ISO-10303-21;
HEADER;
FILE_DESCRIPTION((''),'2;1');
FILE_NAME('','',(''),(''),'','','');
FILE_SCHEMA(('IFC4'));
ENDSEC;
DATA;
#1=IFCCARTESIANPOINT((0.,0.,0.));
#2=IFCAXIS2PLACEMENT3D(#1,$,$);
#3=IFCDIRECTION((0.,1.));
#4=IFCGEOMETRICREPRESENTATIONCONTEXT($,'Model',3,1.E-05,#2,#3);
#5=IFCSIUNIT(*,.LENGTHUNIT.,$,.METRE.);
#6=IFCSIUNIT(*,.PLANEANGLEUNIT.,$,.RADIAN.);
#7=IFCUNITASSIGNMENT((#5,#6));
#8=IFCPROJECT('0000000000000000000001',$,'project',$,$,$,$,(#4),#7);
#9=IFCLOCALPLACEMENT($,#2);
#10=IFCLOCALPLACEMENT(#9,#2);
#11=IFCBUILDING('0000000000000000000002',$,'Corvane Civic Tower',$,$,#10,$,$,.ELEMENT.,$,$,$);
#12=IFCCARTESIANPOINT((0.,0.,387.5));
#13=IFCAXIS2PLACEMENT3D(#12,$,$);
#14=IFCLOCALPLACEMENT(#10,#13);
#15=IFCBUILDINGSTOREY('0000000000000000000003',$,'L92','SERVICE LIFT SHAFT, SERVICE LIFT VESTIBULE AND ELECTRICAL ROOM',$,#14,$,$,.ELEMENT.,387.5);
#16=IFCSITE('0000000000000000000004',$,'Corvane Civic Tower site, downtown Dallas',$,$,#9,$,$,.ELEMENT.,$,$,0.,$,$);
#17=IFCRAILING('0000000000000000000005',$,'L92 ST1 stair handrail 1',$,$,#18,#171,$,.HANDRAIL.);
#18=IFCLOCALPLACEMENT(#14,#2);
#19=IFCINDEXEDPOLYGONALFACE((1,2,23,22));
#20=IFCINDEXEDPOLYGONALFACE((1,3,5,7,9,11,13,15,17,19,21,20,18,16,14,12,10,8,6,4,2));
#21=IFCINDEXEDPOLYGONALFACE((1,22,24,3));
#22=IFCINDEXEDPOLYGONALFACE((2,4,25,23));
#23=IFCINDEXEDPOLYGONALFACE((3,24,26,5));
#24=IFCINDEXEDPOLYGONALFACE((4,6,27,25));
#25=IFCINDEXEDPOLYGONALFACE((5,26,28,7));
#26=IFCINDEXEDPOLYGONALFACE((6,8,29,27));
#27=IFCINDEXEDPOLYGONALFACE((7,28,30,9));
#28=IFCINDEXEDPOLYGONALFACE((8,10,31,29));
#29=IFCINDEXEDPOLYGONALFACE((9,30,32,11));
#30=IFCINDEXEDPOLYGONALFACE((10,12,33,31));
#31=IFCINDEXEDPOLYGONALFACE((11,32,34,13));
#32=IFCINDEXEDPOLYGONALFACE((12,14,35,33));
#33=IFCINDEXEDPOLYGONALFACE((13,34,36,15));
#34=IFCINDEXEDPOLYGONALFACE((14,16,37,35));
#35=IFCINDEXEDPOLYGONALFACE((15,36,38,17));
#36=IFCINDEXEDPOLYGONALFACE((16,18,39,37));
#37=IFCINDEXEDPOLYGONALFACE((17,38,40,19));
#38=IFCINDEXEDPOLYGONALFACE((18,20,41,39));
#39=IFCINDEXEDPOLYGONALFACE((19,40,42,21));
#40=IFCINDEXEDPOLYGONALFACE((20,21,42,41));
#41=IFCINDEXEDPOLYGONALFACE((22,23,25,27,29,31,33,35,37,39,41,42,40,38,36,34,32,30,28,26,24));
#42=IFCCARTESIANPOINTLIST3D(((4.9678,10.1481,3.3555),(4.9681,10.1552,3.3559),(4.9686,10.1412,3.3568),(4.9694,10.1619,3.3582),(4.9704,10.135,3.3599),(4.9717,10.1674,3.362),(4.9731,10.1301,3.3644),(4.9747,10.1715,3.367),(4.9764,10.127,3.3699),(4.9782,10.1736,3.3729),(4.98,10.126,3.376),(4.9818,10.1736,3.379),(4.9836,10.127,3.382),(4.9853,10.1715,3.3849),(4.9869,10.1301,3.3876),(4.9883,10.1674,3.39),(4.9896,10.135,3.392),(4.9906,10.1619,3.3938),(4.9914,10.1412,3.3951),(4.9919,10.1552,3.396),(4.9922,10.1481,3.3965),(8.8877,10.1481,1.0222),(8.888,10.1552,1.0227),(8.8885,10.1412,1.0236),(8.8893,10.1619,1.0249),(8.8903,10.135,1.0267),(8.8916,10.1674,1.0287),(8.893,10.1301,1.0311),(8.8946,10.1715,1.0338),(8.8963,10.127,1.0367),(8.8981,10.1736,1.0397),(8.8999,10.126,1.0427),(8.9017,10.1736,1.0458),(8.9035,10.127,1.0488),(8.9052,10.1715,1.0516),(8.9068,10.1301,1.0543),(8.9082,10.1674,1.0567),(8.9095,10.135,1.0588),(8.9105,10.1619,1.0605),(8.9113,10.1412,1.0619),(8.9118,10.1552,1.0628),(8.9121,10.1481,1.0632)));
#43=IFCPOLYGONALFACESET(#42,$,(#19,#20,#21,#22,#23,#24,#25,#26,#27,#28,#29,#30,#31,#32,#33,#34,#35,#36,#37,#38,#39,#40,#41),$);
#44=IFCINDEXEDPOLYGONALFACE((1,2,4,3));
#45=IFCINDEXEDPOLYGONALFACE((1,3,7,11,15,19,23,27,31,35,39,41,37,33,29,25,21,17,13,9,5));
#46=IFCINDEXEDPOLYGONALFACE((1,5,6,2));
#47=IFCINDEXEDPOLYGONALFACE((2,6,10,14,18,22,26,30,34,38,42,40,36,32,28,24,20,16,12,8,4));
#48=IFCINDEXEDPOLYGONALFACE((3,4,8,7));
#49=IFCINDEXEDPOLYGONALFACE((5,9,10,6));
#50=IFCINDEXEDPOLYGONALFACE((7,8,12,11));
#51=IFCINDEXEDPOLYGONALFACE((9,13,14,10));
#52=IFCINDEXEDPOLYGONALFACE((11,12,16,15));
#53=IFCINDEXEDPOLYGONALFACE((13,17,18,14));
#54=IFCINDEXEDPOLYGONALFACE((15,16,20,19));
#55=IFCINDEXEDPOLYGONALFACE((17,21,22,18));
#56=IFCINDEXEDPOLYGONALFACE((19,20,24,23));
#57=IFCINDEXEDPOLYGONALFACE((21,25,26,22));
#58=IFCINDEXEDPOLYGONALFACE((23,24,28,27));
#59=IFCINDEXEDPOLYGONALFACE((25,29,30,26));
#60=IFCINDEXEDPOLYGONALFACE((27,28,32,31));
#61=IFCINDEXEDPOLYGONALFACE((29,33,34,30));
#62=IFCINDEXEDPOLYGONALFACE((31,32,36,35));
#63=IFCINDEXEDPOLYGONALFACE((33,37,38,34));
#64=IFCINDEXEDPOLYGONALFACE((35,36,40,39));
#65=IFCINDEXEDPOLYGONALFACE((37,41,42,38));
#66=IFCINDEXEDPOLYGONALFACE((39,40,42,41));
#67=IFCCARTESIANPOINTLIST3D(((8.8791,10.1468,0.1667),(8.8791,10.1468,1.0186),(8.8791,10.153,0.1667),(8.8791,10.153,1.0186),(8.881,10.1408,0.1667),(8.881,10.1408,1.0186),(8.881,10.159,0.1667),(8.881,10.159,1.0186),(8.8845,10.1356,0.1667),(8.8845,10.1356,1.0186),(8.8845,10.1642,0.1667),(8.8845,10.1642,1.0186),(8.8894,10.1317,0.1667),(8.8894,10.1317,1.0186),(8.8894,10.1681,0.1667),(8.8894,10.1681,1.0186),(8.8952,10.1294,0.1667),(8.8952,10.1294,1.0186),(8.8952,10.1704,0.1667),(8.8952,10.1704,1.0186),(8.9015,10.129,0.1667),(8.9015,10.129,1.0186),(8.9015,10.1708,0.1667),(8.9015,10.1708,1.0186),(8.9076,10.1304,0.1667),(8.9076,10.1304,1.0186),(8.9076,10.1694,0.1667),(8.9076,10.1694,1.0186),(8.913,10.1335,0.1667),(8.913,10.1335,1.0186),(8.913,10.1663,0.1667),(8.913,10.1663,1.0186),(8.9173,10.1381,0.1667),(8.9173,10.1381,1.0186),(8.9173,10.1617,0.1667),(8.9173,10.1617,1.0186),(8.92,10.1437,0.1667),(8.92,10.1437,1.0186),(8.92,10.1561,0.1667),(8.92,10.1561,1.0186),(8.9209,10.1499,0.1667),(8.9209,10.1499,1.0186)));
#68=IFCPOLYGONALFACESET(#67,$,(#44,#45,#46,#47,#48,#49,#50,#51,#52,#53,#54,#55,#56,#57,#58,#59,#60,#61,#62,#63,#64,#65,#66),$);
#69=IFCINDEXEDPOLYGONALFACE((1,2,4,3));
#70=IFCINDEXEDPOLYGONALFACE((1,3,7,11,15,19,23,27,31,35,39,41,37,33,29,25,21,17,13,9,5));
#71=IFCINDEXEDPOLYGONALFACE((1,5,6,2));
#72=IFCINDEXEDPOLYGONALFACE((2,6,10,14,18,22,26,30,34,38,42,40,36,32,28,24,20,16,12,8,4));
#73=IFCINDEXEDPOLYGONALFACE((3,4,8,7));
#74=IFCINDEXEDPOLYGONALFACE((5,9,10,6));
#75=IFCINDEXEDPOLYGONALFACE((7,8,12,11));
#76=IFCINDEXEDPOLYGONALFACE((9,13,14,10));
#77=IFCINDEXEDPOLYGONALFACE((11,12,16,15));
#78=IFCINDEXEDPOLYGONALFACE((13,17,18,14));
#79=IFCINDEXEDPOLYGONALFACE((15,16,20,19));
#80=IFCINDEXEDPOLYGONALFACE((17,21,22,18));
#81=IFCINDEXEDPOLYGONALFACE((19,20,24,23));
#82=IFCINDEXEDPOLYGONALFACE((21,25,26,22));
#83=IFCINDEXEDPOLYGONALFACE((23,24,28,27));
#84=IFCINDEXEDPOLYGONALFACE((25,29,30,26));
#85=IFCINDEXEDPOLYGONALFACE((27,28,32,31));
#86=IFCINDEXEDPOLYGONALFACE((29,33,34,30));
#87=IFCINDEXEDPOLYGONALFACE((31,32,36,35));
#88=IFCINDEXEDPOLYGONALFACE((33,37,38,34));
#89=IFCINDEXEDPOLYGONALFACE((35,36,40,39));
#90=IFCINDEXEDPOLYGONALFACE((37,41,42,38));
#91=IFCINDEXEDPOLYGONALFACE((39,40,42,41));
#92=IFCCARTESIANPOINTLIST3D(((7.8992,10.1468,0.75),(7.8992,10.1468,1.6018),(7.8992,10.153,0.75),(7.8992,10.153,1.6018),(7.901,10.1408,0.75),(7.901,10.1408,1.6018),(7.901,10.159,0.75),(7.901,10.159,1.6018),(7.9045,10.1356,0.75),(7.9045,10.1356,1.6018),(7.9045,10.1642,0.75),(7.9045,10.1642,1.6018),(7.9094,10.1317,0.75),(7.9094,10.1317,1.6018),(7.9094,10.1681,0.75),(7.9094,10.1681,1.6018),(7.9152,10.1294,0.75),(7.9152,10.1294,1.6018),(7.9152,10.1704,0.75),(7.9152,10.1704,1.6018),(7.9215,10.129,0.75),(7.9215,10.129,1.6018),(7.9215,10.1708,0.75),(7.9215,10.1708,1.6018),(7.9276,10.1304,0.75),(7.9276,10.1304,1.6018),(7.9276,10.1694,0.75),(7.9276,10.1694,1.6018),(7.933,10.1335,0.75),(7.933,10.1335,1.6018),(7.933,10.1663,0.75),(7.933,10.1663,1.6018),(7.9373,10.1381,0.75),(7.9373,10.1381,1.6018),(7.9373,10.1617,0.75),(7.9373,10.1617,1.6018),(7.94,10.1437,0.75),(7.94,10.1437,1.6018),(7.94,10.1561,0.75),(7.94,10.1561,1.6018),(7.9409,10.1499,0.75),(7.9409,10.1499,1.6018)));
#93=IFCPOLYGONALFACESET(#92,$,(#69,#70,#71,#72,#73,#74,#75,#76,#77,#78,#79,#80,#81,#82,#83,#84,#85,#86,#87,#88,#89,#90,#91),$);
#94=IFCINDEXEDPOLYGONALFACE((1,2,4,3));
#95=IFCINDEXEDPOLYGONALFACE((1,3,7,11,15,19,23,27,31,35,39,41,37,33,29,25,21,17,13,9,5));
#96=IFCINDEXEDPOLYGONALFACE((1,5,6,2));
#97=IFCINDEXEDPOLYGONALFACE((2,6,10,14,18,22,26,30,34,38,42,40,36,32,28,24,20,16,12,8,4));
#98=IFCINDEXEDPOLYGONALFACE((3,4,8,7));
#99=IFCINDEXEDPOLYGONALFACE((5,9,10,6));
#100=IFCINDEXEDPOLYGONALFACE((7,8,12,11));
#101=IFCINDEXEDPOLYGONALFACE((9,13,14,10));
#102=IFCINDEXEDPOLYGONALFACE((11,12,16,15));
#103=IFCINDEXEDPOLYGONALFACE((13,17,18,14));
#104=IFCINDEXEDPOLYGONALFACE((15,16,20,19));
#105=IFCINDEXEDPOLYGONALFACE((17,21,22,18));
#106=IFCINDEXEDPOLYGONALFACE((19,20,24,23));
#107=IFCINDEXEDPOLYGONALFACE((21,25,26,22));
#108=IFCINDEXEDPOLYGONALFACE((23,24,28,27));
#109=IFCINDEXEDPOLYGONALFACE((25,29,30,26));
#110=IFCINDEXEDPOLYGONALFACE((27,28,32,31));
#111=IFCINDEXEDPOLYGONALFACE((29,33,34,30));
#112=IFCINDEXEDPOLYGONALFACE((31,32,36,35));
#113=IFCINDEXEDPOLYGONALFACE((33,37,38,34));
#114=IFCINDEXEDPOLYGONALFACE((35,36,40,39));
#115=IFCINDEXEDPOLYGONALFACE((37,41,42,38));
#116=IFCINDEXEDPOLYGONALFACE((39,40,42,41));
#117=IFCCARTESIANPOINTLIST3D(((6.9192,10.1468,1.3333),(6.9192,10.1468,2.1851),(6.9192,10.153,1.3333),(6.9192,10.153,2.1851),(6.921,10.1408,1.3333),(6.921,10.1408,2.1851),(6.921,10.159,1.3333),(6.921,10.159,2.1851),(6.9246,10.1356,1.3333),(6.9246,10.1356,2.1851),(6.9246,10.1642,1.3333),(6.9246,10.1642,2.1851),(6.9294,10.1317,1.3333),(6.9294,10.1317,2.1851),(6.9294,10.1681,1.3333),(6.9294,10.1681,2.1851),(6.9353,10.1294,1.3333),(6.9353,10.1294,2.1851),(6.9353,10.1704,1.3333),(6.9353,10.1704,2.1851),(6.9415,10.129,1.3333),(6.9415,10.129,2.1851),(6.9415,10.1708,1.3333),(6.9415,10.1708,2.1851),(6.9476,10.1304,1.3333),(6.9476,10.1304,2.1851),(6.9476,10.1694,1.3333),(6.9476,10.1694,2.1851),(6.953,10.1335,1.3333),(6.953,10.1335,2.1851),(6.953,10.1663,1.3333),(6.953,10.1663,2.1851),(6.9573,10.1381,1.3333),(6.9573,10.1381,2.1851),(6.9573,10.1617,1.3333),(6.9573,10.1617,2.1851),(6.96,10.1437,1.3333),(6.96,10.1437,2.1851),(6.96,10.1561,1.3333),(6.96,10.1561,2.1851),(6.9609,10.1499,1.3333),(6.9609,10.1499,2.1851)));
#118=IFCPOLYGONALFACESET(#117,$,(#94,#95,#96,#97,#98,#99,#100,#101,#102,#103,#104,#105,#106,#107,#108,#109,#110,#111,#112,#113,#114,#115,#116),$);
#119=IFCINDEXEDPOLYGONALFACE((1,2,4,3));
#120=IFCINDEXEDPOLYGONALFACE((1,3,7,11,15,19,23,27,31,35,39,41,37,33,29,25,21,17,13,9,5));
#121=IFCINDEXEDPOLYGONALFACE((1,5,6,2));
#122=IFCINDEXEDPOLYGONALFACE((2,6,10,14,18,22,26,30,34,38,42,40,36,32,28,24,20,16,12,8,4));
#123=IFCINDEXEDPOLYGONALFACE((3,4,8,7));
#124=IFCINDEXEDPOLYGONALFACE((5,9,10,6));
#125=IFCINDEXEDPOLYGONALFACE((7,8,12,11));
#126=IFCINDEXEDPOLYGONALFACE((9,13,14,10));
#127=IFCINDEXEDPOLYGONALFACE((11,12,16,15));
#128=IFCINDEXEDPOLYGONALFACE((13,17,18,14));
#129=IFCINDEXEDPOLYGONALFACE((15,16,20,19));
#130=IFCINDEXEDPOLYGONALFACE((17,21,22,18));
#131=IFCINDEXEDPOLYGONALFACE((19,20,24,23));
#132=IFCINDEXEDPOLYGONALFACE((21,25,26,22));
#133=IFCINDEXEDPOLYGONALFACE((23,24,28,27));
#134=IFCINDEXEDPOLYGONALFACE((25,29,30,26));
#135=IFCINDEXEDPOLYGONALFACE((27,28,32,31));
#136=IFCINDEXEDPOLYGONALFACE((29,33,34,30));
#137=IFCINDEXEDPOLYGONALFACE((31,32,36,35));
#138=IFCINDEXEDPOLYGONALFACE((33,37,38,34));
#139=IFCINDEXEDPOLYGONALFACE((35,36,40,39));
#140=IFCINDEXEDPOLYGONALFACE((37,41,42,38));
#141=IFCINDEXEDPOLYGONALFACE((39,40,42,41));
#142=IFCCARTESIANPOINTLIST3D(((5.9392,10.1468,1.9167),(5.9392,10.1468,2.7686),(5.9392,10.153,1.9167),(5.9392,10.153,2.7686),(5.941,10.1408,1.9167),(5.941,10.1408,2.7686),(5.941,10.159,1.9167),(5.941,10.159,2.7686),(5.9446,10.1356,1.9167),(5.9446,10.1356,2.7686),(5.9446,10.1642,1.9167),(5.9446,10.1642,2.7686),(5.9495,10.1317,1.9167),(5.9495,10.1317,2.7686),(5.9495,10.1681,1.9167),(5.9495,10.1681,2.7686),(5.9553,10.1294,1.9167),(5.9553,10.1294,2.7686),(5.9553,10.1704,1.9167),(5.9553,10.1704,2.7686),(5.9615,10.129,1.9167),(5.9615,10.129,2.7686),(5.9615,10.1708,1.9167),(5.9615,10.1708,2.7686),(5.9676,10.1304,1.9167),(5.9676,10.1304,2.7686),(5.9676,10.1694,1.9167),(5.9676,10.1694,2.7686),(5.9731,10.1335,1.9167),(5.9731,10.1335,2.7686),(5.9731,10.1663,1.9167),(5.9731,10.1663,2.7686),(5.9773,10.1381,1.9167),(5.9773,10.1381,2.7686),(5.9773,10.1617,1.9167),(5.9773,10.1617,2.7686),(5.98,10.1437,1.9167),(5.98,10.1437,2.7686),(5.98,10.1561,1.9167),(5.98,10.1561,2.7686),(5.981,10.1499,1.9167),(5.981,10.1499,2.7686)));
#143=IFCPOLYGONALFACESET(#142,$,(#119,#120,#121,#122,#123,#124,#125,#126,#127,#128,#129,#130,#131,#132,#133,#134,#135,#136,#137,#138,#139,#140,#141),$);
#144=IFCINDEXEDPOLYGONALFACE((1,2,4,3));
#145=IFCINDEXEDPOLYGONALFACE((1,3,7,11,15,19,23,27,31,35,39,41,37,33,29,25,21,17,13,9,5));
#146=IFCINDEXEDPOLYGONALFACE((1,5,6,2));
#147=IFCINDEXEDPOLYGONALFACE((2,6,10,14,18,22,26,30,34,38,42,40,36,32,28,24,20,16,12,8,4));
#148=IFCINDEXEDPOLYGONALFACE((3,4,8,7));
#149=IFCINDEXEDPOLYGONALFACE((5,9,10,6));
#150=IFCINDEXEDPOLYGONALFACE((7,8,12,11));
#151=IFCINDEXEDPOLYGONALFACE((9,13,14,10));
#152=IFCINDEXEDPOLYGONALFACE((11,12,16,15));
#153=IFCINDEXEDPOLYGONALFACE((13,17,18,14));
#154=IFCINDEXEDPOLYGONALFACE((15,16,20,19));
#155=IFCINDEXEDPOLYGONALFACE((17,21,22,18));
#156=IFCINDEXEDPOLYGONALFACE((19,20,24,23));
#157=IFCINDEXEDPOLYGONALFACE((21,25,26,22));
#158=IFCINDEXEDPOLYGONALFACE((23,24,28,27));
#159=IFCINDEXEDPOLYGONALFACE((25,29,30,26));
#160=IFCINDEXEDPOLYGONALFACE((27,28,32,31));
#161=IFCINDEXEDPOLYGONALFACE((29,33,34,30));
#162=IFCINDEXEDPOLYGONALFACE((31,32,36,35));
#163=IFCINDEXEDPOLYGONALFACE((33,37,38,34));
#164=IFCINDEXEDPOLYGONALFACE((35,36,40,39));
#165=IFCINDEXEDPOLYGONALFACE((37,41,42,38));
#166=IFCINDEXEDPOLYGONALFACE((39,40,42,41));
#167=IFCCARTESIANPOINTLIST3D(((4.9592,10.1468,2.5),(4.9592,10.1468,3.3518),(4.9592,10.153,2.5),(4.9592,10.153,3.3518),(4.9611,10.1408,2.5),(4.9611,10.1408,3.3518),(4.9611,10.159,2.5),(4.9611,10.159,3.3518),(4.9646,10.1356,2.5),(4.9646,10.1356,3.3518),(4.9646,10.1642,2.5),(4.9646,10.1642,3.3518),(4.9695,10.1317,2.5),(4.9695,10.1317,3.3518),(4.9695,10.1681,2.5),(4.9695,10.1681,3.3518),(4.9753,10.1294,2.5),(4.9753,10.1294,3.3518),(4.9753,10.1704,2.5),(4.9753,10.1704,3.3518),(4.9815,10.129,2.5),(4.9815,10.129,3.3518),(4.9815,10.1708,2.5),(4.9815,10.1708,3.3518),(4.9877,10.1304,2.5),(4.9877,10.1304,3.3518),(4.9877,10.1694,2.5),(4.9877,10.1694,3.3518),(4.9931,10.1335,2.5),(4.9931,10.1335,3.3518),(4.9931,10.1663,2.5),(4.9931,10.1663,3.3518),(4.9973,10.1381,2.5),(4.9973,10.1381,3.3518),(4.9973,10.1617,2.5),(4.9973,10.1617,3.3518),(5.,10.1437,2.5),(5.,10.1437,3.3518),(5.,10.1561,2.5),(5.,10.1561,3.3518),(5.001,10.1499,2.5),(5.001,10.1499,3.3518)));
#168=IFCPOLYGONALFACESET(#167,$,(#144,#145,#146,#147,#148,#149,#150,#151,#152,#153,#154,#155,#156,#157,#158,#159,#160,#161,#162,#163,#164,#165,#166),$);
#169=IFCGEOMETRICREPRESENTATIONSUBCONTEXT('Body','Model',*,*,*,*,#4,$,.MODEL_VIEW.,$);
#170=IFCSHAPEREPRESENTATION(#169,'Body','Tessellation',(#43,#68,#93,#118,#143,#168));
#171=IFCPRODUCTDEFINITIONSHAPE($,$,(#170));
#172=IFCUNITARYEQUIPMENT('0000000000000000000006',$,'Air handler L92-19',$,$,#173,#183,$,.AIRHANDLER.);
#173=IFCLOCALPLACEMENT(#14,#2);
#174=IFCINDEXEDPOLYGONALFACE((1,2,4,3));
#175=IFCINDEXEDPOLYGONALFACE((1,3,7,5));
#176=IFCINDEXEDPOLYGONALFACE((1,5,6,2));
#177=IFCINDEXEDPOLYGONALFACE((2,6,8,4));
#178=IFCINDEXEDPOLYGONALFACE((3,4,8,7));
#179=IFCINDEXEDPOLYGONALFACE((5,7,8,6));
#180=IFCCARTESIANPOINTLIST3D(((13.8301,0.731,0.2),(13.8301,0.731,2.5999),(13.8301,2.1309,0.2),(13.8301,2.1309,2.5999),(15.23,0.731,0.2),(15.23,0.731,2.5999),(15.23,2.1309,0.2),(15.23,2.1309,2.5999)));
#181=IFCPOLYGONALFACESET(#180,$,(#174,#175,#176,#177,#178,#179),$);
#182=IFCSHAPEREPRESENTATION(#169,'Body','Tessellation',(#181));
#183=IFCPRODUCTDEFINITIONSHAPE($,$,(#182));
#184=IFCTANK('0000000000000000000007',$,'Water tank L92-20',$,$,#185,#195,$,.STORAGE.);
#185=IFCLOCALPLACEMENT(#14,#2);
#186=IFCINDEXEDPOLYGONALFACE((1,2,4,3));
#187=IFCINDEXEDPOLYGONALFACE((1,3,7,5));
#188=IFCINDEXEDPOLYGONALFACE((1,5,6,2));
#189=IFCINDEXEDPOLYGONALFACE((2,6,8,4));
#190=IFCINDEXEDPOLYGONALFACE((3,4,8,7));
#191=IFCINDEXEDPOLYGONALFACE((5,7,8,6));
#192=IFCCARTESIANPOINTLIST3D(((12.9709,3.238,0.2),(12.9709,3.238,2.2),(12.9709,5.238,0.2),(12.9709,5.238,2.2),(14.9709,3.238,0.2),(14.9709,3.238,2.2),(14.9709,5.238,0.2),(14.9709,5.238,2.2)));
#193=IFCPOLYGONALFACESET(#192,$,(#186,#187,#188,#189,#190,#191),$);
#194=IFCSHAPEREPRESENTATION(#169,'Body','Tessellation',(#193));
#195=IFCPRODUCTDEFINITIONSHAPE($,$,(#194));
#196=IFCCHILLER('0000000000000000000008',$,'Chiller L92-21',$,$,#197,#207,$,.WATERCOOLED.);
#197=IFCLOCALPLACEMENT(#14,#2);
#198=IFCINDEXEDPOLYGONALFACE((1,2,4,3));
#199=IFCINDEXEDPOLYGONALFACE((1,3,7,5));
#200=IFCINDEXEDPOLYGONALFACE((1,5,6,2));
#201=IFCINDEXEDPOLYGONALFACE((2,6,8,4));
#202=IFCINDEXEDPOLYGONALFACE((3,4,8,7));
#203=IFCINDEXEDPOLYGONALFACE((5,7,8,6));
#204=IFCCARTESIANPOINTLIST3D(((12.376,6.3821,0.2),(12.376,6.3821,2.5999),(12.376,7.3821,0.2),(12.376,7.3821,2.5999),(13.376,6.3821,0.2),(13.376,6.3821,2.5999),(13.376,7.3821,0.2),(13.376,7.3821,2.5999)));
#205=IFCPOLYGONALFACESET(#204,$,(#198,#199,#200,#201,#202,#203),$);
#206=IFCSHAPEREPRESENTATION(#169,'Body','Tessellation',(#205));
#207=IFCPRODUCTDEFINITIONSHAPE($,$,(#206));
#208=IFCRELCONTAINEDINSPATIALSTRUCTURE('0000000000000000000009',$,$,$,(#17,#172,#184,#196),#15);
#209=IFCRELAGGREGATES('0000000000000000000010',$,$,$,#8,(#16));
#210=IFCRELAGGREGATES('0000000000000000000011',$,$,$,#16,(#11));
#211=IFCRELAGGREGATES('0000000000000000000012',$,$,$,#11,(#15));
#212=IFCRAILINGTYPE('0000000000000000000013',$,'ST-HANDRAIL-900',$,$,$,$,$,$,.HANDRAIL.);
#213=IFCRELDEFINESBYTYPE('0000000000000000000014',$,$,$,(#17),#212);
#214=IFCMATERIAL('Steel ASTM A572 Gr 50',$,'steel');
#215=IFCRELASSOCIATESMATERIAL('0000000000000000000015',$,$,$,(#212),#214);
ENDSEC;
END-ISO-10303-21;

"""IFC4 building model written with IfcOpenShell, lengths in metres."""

from ifc_helpers import new_model, si_unit, direction, frame, origin, origin_2d, place, context, subcontext, project, spatial, rectangle, circle, extrude, material, type_object, element, save


model = new_model("IFC4")

# Units and contexts
model_context = context("Model", 3, precision=1e-05, world=origin(), true_north=direction((0.0, 1.0)))
body_context = subcontext(model_context, "Body", "Model", "MODEL_VIEW")
ifc_project = project(units=[si_unit("LENGTHUNIT", "METRE"), si_unit("PLANEANGLEUNIT", "RADIAN")], contexts=[model_context])

# Site, building, storey
site_placement = place(None, origin())
site = spatial("IfcSite", under=ifc_project, at=site_placement, Name="Corvane Civic Tower site, downtown Dallas", CompositionType="ELEMENT", RefElevation=0.0)
building_placement = place(site_placement, origin())
building = spatial("IfcBuilding", under=site, at=building_placement, Name="Corvane Civic Tower", CompositionType="ELEMENT")
storey_placement = place(building_placement, frame((0.0, 0.0, 387.5)))
storey = spatial("IfcBuildingStorey", under=building, at=storey_placement, Name="L92", Description="SERVICE LIFT SHAFT, SERVICE LIFT VESTIBULE AND ELECTRICAL ROOM", CompositionType="ELEMENT", Elevation=387.5)

# Railing
ifc_material_1 = material(Name="Steel ASTM A572 Gr 50", Category="steel")
railing_type_1 = type_object("IfcRailingType", Name="ST-HANDRAIL-900", PredefinedType="HANDRAIL", material=ifc_material_1)
railing_1_placement = place(storey_placement, frame((8.8999, 10.1499, 0.1667)))
element("IfcRailing", 1, at=railing_1_placement, inside=storey, type_object=railing_type_1, Name="L92 ST1 stair handrail 1", PredefinedType="HANDRAIL", context=body_context, shape_type="SweptSolid", body=[
    extrude(circle(Radius=0.0239, at=origin_2d()), frame((0.0, 0.0, 0.876), z_axis=(-0.859296, 0.0, 0.511478), x_axis=(0.0, -1.0, 0.0)), (0.0, 0.0, 1.0), 4.5618),
    extrude(circle(Radius=0.021, at=origin_2d()), origin(), (0.0, 0.0, 1.0), 0.8518),
    extrude(circle(Radius=0.021, at=origin_2d()), frame((-0.98, 0.0, 0.5833)), (0.0, 0.0, 1.0), 0.8518),
    extrude(circle(Radius=0.021, at=origin_2d()), frame((-1.96, 0.0, 1.1665)), (0.0, 0.0, 1.0), 0.8518),
    extrude(circle(Radius=0.021, at=origin_2d()), frame((-2.9399, 0.0, 1.75)), (0.0, 0.0, 1.0), 0.8518),
    extrude(circle(Radius=0.021, at=origin_2d()), frame((-3.9199, 0.0, 2.3333)), (0.0, 0.0, 1.0), 0.8518),
])

# Unitary equipment
unitary_equipment_placement = place(storey_placement, frame((14.53, 1.4309, 0.2), z_axis=(0.0, 0.0, 1.0), x_axis=(1.0, 0.0, 0.0)))
element("IfcUnitaryEquipment", 2, at=unitary_equipment_placement, inside=storey, Name="Air handler L92-19", PredefinedType="AIRHANDLER", context=body_context, shape_type="SweptSolid", body=[
    extrude(rectangle(XDim=1.3999, YDim=1.3999, at=origin_2d()), origin(), (0.0, 0.0, 1.0), 2.3999),
])

# Tank
tank_placement = place(storey_placement, frame((13.9709, 4.238, 0.2), z_axis=(0.0, 0.0, 1.0), x_axis=(1.0, 0.0, 0.0)))
element("IfcTank", 3, at=tank_placement, inside=storey, Name="Water tank L92-20", PredefinedType="STORAGE", context=body_context, shape_type="SweptSolid", body=[
    extrude(rectangle(XDim=2.0, YDim=2.0, at=origin_2d()), origin(), (0.0, 0.0, 1.0), 2.0),
])

# Chiller
chiller_placement = place(storey_placement, frame((12.876, 6.8821, 0.2), z_axis=(0.0, 0.0, 1.0), x_axis=(1.0, 0.0, 0.0)))
element("IfcChiller", 4, at=chiller_placement, inside=storey, Name="Chiller L92-21", PredefinedType="WATERCOOLED", context=body_context, shape_type="SweptSolid", body=[
    extrude(rectangle(XDim=1.0, YDim=1.0, at=origin_2d()), origin(), (0.0, 0.0, 1.0), 2.3999),
])

save(model, "model.ifc")
